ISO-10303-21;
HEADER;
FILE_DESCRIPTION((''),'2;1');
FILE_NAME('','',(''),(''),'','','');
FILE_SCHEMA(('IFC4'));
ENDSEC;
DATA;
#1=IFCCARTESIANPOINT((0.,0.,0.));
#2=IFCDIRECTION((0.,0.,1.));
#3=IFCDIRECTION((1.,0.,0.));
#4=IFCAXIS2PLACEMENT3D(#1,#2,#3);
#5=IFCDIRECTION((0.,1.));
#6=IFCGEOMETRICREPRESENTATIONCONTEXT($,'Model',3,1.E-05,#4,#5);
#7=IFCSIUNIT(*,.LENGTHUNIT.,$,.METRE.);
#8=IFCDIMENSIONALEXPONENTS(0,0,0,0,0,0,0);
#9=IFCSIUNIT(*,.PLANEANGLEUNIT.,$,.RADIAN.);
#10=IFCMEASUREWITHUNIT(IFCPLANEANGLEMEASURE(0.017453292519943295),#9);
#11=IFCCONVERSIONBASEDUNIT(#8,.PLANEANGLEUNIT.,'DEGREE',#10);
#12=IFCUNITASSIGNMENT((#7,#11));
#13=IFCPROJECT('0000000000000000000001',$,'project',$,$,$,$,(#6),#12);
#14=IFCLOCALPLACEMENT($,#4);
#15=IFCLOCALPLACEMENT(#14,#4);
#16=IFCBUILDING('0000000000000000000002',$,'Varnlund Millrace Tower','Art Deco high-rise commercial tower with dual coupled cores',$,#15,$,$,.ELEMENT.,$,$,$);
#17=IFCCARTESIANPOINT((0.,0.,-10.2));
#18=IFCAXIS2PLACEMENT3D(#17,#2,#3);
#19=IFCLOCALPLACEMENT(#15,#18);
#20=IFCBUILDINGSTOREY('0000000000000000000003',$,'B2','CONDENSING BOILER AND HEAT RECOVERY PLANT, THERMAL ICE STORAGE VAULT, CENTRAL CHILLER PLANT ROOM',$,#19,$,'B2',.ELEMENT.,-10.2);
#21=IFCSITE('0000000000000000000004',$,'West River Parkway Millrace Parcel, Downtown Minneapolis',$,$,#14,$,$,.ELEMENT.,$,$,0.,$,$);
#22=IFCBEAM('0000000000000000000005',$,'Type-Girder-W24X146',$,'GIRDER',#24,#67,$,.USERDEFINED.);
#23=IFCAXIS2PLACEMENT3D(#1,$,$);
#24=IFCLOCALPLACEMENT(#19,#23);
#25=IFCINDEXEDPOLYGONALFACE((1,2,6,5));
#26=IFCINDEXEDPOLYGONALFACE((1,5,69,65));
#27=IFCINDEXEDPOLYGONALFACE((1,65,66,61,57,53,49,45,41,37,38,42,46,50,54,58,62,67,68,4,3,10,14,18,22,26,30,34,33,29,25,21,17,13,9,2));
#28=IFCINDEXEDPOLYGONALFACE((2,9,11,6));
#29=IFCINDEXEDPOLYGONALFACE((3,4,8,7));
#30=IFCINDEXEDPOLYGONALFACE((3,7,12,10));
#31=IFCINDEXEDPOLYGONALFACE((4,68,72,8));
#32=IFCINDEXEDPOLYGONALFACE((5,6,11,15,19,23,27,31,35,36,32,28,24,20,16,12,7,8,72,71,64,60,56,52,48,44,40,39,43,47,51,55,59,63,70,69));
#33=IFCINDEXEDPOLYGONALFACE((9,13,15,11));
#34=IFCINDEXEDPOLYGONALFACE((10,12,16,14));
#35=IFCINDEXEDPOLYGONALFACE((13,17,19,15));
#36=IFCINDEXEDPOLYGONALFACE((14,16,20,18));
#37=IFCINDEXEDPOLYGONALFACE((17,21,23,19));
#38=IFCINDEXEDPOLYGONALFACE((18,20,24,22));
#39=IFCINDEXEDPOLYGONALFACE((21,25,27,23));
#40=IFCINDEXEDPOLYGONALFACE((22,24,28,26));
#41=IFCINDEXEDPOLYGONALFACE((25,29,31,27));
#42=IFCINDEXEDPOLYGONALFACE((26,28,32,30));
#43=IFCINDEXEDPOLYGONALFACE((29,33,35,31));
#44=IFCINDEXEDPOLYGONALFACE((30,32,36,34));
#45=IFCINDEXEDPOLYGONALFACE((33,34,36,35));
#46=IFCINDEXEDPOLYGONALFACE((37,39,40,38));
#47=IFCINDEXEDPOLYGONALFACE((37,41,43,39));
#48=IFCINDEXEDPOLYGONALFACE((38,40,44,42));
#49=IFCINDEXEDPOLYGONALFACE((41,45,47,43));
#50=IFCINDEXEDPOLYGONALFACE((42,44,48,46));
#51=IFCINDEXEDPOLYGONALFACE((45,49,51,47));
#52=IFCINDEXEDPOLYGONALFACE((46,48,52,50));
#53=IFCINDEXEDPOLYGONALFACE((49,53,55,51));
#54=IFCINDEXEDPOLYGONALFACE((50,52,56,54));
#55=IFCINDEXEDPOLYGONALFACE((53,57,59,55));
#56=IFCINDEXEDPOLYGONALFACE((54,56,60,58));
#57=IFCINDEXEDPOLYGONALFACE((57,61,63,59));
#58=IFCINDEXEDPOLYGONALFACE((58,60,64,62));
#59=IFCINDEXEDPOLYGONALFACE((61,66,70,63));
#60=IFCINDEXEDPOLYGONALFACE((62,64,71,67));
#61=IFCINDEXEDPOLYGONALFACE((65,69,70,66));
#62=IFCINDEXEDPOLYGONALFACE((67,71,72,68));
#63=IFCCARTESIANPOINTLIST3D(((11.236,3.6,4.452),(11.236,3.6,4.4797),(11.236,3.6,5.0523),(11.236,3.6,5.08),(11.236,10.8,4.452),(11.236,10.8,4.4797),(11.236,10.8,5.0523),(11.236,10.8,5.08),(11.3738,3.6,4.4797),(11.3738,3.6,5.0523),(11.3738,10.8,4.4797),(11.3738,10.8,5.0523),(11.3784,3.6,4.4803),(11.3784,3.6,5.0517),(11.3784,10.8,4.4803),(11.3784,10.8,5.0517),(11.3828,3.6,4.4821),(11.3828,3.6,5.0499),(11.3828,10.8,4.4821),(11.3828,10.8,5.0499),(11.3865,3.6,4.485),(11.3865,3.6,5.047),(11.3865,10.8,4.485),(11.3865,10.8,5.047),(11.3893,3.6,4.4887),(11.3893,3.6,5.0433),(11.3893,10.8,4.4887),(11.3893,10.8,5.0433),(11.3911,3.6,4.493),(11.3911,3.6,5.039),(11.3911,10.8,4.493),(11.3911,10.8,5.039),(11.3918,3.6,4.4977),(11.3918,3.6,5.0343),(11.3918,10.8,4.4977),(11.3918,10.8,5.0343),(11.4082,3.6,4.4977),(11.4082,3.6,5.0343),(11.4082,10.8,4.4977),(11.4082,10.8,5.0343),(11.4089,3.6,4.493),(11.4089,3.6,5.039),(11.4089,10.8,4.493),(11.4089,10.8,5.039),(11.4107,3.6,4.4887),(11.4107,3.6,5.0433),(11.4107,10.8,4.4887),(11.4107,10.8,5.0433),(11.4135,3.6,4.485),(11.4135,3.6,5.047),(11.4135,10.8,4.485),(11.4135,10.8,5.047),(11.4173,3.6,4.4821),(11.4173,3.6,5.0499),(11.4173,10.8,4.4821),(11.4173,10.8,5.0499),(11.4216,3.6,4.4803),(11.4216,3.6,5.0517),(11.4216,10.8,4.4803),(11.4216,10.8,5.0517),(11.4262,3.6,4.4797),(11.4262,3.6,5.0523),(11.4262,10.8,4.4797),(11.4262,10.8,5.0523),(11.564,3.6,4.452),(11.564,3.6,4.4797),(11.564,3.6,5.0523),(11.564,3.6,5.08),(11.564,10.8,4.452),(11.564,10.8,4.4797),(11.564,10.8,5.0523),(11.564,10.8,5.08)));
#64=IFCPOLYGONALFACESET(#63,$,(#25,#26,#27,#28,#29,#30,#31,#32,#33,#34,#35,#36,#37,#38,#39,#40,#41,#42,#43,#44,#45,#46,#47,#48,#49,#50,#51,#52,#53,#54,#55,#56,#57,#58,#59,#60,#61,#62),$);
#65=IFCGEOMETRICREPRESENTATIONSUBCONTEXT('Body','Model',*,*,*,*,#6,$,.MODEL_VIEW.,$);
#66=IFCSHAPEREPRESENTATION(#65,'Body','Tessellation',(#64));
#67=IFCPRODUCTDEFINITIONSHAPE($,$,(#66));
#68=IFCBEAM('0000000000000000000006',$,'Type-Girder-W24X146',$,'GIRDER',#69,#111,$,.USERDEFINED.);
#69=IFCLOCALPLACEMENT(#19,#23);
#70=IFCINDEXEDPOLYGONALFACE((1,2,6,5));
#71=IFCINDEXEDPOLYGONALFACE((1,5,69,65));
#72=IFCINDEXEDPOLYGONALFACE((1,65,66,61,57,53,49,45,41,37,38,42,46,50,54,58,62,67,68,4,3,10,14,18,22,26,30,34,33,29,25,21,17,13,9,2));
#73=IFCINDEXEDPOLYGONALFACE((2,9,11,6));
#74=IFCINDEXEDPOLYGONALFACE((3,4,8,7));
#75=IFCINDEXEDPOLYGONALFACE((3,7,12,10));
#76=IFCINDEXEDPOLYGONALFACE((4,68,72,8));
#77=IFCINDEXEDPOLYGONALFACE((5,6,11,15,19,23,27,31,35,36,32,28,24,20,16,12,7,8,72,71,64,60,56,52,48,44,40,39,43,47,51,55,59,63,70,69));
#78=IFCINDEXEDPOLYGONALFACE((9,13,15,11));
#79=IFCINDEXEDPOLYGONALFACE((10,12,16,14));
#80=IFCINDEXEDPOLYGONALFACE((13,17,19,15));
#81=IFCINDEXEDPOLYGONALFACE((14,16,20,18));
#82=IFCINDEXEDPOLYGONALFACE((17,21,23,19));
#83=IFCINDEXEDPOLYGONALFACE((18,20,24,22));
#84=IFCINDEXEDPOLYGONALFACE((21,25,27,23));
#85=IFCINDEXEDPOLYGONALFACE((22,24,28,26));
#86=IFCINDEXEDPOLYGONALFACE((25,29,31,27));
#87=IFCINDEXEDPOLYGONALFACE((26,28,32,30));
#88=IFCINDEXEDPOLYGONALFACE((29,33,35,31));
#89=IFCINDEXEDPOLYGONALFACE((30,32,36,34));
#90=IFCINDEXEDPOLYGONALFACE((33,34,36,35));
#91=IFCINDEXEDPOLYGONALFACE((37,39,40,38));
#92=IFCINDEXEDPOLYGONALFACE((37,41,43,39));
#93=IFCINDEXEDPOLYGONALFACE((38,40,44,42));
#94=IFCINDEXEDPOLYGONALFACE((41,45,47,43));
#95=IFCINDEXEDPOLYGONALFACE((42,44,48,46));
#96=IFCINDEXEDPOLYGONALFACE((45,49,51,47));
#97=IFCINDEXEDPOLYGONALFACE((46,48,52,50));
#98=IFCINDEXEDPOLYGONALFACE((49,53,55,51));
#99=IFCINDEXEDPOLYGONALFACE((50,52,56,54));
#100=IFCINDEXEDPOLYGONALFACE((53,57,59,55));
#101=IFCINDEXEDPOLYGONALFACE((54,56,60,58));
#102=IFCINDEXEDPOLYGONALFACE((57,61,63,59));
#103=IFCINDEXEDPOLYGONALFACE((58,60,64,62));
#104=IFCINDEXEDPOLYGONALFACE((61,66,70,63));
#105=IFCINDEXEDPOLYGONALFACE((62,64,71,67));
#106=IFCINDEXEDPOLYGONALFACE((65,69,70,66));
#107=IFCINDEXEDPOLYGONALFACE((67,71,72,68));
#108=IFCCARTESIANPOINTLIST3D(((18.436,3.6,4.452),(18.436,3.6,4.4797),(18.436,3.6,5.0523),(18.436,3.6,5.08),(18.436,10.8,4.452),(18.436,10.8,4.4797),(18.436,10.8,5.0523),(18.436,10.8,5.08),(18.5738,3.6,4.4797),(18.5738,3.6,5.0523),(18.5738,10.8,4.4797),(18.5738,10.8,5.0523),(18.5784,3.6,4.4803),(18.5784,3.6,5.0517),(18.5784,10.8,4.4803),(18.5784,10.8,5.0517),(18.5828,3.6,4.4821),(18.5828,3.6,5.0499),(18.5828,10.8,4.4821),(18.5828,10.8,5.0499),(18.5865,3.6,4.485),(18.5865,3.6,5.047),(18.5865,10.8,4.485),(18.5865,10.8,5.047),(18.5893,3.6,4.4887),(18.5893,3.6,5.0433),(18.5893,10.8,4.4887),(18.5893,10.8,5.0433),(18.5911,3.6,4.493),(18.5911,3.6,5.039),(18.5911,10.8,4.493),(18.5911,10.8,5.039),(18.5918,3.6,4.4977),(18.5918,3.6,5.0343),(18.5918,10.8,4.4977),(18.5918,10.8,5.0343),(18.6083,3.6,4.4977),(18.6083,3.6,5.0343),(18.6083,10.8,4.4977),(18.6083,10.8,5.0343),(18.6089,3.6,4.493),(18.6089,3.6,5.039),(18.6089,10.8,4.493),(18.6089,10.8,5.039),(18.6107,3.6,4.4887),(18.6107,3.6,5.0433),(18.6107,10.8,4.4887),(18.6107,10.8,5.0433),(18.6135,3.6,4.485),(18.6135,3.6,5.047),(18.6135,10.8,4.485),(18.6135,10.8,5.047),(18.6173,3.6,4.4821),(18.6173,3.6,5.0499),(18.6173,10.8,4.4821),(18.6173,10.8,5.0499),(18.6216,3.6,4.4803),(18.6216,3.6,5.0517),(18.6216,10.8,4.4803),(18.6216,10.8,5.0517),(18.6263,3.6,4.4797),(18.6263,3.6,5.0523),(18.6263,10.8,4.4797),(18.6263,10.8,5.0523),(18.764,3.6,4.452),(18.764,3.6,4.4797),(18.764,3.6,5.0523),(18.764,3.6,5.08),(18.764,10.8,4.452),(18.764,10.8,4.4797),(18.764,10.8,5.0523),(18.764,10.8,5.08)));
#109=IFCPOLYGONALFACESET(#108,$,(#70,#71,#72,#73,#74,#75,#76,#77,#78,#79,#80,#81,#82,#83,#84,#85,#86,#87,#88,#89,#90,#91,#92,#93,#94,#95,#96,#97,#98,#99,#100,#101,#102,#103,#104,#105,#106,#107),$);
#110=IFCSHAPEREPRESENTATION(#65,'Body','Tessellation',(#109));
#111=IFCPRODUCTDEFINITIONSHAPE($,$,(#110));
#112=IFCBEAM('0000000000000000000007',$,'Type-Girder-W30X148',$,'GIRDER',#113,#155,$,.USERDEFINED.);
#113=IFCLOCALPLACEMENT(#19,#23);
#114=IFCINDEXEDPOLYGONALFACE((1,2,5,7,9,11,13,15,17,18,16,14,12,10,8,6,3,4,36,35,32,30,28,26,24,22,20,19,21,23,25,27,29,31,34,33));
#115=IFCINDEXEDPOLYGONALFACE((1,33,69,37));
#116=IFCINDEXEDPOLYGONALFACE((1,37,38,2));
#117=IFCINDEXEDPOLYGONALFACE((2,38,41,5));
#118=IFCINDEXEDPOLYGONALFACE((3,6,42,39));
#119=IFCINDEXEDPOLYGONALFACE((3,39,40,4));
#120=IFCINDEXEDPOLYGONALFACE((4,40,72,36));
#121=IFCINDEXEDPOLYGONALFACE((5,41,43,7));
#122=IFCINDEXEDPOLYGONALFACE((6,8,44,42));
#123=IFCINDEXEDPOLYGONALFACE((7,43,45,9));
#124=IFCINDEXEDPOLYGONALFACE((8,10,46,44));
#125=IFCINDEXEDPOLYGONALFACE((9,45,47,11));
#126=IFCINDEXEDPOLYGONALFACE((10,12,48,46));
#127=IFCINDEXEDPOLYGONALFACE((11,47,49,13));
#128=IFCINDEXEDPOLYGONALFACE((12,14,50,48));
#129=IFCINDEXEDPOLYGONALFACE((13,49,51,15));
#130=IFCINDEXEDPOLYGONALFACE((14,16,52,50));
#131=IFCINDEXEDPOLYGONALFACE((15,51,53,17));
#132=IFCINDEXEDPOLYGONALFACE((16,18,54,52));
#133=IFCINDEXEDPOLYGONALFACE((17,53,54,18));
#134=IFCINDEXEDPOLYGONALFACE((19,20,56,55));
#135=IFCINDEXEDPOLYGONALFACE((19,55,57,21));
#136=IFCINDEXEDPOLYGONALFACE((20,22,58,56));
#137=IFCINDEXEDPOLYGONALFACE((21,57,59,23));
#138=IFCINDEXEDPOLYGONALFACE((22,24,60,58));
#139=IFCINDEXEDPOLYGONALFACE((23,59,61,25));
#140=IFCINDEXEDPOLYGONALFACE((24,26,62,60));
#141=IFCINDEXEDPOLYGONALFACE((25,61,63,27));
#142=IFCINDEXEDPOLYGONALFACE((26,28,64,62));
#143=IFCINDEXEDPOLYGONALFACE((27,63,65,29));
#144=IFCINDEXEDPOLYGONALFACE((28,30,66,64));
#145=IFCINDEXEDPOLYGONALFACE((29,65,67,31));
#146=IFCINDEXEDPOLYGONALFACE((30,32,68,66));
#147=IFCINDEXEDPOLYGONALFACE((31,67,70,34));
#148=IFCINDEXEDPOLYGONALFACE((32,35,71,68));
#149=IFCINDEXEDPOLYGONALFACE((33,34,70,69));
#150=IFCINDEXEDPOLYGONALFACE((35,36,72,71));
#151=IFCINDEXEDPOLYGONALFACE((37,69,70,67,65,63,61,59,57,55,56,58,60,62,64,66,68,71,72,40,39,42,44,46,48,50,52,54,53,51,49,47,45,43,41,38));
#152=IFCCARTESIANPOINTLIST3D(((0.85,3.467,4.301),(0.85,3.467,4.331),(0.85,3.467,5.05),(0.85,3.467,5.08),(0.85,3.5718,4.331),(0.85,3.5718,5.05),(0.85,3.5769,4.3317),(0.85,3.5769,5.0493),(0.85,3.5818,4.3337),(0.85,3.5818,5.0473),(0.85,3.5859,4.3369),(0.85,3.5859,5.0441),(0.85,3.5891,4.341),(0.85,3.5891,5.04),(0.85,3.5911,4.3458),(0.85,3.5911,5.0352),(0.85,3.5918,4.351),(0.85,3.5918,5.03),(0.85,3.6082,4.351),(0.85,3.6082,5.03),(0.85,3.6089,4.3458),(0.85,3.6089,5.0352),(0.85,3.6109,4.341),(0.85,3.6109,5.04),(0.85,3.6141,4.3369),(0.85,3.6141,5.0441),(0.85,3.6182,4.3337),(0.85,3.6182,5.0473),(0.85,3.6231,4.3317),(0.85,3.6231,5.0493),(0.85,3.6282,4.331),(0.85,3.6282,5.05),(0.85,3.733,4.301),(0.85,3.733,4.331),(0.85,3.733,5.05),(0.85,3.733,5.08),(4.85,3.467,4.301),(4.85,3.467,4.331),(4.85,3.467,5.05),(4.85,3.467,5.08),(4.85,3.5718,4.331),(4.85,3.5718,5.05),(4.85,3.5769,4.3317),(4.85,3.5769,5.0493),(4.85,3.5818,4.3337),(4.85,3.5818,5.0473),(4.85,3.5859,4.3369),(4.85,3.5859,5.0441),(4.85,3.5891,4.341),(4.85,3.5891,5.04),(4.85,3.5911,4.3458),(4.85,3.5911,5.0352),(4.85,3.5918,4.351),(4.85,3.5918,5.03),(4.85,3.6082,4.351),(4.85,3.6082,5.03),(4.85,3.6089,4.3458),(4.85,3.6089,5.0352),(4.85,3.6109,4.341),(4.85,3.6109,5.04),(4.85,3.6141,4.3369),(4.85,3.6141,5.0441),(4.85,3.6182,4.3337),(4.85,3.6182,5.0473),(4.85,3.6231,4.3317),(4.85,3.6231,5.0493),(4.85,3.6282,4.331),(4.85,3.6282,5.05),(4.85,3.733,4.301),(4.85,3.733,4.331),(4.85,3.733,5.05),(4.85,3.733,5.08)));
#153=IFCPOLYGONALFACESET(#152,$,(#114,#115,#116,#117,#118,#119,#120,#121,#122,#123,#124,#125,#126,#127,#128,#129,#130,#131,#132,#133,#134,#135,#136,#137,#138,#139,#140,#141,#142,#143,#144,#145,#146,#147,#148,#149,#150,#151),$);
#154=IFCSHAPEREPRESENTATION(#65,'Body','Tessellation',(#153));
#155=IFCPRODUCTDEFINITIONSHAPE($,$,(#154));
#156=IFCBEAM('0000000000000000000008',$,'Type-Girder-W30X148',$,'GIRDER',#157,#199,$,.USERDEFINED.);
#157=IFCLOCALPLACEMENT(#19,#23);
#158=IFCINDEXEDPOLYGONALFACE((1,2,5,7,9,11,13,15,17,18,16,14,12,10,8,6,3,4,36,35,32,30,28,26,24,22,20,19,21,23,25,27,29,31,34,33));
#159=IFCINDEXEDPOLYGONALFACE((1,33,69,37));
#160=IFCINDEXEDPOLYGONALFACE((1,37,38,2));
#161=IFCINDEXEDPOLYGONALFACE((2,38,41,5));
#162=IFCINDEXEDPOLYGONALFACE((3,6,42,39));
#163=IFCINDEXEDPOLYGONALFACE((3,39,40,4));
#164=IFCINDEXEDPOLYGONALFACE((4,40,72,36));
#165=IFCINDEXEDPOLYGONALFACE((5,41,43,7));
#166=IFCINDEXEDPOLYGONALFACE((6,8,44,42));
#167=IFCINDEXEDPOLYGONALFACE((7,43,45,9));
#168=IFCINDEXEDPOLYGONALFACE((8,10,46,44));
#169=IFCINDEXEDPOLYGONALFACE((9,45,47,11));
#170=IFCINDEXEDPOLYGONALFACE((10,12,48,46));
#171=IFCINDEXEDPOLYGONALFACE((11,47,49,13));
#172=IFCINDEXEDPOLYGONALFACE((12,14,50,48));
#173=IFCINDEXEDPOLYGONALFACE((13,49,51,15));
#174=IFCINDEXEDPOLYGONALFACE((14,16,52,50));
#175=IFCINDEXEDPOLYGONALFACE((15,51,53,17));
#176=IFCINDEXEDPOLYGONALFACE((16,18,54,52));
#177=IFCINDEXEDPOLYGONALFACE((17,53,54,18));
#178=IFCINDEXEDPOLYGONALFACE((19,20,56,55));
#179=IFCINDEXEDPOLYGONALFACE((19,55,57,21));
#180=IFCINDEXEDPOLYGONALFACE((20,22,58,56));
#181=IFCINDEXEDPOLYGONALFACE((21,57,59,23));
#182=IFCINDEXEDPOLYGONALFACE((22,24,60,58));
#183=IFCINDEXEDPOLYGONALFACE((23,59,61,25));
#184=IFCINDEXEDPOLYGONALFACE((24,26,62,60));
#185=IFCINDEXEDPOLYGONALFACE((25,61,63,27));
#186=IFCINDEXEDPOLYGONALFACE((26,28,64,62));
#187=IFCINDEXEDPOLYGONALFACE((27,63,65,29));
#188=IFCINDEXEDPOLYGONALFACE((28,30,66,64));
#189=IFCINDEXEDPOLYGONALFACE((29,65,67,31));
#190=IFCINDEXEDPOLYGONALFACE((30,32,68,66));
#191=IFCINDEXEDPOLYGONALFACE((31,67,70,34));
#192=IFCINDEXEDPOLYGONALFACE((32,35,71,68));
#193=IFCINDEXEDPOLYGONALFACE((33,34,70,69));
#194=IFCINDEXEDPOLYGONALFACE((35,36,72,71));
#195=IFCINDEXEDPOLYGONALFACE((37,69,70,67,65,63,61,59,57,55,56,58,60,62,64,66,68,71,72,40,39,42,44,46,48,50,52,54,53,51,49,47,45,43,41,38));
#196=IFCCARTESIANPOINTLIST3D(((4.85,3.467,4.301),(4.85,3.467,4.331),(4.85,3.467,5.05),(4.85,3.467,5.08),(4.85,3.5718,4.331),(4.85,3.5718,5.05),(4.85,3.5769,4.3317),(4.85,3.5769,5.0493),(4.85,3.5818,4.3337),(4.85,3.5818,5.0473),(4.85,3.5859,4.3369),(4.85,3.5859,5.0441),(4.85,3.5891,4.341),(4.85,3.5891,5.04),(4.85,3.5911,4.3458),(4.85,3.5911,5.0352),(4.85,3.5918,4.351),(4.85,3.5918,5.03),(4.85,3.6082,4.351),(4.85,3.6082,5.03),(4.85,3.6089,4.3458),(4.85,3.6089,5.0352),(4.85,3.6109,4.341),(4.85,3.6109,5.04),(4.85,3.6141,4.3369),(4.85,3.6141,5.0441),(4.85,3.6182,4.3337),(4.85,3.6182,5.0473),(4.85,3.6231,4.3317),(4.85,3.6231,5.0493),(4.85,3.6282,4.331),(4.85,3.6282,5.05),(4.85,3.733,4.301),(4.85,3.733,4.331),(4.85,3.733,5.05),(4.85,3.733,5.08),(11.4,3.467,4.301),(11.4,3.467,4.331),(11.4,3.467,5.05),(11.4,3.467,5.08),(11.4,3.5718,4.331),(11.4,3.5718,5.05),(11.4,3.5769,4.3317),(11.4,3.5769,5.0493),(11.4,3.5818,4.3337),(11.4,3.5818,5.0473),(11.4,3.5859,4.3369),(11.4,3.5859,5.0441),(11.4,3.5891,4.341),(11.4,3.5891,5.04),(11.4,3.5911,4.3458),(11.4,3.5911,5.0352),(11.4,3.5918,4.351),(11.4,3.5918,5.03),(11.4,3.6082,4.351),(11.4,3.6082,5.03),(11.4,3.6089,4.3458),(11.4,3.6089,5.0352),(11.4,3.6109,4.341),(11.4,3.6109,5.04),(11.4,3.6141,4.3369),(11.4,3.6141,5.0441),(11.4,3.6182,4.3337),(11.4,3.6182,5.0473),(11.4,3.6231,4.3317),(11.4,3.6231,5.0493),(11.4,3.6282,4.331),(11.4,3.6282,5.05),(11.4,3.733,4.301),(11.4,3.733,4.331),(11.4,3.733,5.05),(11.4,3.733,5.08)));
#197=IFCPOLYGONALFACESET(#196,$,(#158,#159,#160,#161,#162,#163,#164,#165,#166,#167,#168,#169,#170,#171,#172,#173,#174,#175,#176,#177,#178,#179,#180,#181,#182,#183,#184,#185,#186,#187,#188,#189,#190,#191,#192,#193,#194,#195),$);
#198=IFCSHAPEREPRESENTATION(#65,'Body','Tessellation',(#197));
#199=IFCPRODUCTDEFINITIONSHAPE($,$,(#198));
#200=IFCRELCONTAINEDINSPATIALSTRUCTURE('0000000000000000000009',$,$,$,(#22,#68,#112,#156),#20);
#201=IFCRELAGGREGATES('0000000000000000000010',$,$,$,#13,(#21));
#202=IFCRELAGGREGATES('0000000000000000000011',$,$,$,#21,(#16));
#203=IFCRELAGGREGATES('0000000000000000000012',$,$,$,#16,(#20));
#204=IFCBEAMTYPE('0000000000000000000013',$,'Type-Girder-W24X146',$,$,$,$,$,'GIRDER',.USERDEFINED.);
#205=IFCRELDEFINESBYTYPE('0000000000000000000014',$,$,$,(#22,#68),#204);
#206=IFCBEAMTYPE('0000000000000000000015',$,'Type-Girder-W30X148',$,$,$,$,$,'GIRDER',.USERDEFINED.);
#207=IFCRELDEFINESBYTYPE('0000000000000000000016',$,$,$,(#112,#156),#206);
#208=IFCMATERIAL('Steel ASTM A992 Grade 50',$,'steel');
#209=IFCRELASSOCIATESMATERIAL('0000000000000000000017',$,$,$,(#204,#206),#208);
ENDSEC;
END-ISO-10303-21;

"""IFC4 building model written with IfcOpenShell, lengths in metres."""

from ifc_helpers import new_model, entity, si_unit, converted_unit, direction, frame, origin_with_axes, origin_2d_with_axis, place, context, subcontext, project, spatial, i_section, extrude, material, material_profile, profile_set, type_object, element, save


model = new_model("IFC4")

# Units and contexts
model_context = context("Model", 3, precision=1e-05, world=origin_with_axes(), true_north=direction((0.0, 1.0)))
body_context = subcontext(model_context, "Body", "Model", "MODEL_VIEW")
ifc_project = project(units=[si_unit("LENGTHUNIT", "METRE"), converted_unit("PLANEANGLEUNIT", "DEGREE", entity("IfcPlaneAngleMeasure", 0.017453292519943295), si_unit("PLANEANGLEUNIT", "RADIAN"), dimensions=[0, 0, 0, 0, 0, 0, 0])], contexts=[model_context])

# Site, building, storey
site_placement = place(None, origin_with_axes())
site = spatial("IfcSite", under=ifc_project, at=site_placement, Name="West River Parkway Millrace Parcel, Downtown Minneapolis", CompositionType="ELEMENT", RefElevation=0.0)
building_placement = place(site_placement, origin_with_axes())
building = spatial("IfcBuilding", under=site, at=building_placement, Name="Varnlund Millrace Tower", Description="Art Deco high-rise commercial tower with dual coupled cores", CompositionType="ELEMENT")
storey_placement = place(building_placement, frame((0.0, 0.0, -10.2), z_axis=(0.0, 0.0, 1.0), x_axis=(1.0, 0.0, 0.0)))
storey = spatial("IfcBuildingStorey", under=building, at=storey_placement, Name="B2", Description="CONDENSING BOILER AND HEAT RECOVERY PLANT, THERMAL ICE STORAGE VAULT, CENTRAL CHILLER PLANT ROOM", LongName="B2", CompositionType="ELEMENT", Elevation=-10.2)

# Beams
ifc_material_1 = material(Name="Steel ASTM A992 Grade 50", Category="steel")
ifc_material_profile_1 = material_profile(ifc_material_1, i_section(OverallWidth=0.328, OverallDepth=0.628, WebThickness=0.0165, FlangeThickness=0.0277, FilletRadius=0.018, at=origin_2d_with_axis()), Name="Steel ASTM A992 Grade 50")
ifc_profile_set_1 = profile_set([ifc_material_profile_1], Name="Steel ASTM A992 Grade 50")
beam_type_1 = type_object("IfcBeamType", Name="Type-Girder-W24X146", ElementType="GIRDER", PredefinedType="USERDEFINED", material=ifc_profile_set_1)
for number, where, z_axis, x_axis, name in (
    (1, (11.4, 3.6, 4.766), (0.0, 1.0, 0.0), (-1.0, 0.0, 0.0), "Type-Girder-W24X146"),
    (2, (18.6, 3.6, 4.766), (0.0, 1.0, 0.0), (-1.0, 0.0, 0.0), "Type-Girder-W24X146"),
):
    element("IfcBeam", number, at=place(storey_placement, frame(where, z_axis=z_axis, x_axis=x_axis)), inside=storey, type_object=beam_type_1, Name=name, ObjectType="GIRDER", PredefinedType="USERDEFINED", context=body_context, shape_type="SweptSolid", body=[
        extrude(i_section(OverallWidth=0.328, OverallDepth=0.628, WebThickness=0.0165, FlangeThickness=0.0277, FilletRadius=0.018, at=origin_2d_with_axis()), origin_with_axes(), (0.0, 0.0, 1.0), 7.2),
    ])
ifc_material_profile_2 = material_profile(ifc_material_1, i_section(OverallWidth=0.266, OverallDepth=0.779, WebThickness=0.0165, FlangeThickness=0.03, FilletRadius=0.02, at=origin_2d_with_axis()), Name="Steel ASTM A992 Grade 50")
ifc_profile_set_2 = profile_set([ifc_material_profile_2], Name="Steel ASTM A992 Grade 50")
beam_type_2 = type_object("IfcBeamType", Name="Type-Girder-W30X148", ElementType="GIRDER", PredefinedType="USERDEFINED", material=ifc_profile_set_2)
beam_1_placement = place(storey_placement, frame((0.85, 3.6, 4.6905), z_axis=(1.0, 0.0, 0.0), x_axis=(0.0, 1.0, 0.0)))
element("IfcBeam", 3, at=beam_1_placement, inside=storey, type_object=beam_type_2, Name="Type-Girder-W30X148", ObjectType="GIRDER", PredefinedType="USERDEFINED", context=body_context, shape_type="SweptSolid", body=[
    extrude(i_section(OverallWidth=0.266, OverallDepth=0.779, WebThickness=0.0165, FlangeThickness=0.03, FilletRadius=0.02, at=origin_2d_with_axis()), origin_with_axes(), (0.0, 0.0, 1.0), 4.0),
])
beam_2_placement = place(storey_placement, frame((4.85, 3.6, 4.6905), z_axis=(1.0, 0.0, 0.0), x_axis=(0.0, 1.0, 0.0)))
element("IfcBeam", 4, at=beam_2_placement, inside=storey, type_object=beam_type_2, Name="Type-Girder-W30X148", ObjectType="GIRDER", PredefinedType="USERDEFINED", context=body_context, shape_type="SweptSolid", body=[
    extrude(i_section(OverallWidth=0.266, OverallDepth=0.779, WebThickness=0.0165, FlangeThickness=0.03, FilletRadius=0.02, at=origin_2d_with_axis()), origin_with_axes(), (0.0, 0.0, 1.0), 6.55),
])

save(model, "model.ifc")
